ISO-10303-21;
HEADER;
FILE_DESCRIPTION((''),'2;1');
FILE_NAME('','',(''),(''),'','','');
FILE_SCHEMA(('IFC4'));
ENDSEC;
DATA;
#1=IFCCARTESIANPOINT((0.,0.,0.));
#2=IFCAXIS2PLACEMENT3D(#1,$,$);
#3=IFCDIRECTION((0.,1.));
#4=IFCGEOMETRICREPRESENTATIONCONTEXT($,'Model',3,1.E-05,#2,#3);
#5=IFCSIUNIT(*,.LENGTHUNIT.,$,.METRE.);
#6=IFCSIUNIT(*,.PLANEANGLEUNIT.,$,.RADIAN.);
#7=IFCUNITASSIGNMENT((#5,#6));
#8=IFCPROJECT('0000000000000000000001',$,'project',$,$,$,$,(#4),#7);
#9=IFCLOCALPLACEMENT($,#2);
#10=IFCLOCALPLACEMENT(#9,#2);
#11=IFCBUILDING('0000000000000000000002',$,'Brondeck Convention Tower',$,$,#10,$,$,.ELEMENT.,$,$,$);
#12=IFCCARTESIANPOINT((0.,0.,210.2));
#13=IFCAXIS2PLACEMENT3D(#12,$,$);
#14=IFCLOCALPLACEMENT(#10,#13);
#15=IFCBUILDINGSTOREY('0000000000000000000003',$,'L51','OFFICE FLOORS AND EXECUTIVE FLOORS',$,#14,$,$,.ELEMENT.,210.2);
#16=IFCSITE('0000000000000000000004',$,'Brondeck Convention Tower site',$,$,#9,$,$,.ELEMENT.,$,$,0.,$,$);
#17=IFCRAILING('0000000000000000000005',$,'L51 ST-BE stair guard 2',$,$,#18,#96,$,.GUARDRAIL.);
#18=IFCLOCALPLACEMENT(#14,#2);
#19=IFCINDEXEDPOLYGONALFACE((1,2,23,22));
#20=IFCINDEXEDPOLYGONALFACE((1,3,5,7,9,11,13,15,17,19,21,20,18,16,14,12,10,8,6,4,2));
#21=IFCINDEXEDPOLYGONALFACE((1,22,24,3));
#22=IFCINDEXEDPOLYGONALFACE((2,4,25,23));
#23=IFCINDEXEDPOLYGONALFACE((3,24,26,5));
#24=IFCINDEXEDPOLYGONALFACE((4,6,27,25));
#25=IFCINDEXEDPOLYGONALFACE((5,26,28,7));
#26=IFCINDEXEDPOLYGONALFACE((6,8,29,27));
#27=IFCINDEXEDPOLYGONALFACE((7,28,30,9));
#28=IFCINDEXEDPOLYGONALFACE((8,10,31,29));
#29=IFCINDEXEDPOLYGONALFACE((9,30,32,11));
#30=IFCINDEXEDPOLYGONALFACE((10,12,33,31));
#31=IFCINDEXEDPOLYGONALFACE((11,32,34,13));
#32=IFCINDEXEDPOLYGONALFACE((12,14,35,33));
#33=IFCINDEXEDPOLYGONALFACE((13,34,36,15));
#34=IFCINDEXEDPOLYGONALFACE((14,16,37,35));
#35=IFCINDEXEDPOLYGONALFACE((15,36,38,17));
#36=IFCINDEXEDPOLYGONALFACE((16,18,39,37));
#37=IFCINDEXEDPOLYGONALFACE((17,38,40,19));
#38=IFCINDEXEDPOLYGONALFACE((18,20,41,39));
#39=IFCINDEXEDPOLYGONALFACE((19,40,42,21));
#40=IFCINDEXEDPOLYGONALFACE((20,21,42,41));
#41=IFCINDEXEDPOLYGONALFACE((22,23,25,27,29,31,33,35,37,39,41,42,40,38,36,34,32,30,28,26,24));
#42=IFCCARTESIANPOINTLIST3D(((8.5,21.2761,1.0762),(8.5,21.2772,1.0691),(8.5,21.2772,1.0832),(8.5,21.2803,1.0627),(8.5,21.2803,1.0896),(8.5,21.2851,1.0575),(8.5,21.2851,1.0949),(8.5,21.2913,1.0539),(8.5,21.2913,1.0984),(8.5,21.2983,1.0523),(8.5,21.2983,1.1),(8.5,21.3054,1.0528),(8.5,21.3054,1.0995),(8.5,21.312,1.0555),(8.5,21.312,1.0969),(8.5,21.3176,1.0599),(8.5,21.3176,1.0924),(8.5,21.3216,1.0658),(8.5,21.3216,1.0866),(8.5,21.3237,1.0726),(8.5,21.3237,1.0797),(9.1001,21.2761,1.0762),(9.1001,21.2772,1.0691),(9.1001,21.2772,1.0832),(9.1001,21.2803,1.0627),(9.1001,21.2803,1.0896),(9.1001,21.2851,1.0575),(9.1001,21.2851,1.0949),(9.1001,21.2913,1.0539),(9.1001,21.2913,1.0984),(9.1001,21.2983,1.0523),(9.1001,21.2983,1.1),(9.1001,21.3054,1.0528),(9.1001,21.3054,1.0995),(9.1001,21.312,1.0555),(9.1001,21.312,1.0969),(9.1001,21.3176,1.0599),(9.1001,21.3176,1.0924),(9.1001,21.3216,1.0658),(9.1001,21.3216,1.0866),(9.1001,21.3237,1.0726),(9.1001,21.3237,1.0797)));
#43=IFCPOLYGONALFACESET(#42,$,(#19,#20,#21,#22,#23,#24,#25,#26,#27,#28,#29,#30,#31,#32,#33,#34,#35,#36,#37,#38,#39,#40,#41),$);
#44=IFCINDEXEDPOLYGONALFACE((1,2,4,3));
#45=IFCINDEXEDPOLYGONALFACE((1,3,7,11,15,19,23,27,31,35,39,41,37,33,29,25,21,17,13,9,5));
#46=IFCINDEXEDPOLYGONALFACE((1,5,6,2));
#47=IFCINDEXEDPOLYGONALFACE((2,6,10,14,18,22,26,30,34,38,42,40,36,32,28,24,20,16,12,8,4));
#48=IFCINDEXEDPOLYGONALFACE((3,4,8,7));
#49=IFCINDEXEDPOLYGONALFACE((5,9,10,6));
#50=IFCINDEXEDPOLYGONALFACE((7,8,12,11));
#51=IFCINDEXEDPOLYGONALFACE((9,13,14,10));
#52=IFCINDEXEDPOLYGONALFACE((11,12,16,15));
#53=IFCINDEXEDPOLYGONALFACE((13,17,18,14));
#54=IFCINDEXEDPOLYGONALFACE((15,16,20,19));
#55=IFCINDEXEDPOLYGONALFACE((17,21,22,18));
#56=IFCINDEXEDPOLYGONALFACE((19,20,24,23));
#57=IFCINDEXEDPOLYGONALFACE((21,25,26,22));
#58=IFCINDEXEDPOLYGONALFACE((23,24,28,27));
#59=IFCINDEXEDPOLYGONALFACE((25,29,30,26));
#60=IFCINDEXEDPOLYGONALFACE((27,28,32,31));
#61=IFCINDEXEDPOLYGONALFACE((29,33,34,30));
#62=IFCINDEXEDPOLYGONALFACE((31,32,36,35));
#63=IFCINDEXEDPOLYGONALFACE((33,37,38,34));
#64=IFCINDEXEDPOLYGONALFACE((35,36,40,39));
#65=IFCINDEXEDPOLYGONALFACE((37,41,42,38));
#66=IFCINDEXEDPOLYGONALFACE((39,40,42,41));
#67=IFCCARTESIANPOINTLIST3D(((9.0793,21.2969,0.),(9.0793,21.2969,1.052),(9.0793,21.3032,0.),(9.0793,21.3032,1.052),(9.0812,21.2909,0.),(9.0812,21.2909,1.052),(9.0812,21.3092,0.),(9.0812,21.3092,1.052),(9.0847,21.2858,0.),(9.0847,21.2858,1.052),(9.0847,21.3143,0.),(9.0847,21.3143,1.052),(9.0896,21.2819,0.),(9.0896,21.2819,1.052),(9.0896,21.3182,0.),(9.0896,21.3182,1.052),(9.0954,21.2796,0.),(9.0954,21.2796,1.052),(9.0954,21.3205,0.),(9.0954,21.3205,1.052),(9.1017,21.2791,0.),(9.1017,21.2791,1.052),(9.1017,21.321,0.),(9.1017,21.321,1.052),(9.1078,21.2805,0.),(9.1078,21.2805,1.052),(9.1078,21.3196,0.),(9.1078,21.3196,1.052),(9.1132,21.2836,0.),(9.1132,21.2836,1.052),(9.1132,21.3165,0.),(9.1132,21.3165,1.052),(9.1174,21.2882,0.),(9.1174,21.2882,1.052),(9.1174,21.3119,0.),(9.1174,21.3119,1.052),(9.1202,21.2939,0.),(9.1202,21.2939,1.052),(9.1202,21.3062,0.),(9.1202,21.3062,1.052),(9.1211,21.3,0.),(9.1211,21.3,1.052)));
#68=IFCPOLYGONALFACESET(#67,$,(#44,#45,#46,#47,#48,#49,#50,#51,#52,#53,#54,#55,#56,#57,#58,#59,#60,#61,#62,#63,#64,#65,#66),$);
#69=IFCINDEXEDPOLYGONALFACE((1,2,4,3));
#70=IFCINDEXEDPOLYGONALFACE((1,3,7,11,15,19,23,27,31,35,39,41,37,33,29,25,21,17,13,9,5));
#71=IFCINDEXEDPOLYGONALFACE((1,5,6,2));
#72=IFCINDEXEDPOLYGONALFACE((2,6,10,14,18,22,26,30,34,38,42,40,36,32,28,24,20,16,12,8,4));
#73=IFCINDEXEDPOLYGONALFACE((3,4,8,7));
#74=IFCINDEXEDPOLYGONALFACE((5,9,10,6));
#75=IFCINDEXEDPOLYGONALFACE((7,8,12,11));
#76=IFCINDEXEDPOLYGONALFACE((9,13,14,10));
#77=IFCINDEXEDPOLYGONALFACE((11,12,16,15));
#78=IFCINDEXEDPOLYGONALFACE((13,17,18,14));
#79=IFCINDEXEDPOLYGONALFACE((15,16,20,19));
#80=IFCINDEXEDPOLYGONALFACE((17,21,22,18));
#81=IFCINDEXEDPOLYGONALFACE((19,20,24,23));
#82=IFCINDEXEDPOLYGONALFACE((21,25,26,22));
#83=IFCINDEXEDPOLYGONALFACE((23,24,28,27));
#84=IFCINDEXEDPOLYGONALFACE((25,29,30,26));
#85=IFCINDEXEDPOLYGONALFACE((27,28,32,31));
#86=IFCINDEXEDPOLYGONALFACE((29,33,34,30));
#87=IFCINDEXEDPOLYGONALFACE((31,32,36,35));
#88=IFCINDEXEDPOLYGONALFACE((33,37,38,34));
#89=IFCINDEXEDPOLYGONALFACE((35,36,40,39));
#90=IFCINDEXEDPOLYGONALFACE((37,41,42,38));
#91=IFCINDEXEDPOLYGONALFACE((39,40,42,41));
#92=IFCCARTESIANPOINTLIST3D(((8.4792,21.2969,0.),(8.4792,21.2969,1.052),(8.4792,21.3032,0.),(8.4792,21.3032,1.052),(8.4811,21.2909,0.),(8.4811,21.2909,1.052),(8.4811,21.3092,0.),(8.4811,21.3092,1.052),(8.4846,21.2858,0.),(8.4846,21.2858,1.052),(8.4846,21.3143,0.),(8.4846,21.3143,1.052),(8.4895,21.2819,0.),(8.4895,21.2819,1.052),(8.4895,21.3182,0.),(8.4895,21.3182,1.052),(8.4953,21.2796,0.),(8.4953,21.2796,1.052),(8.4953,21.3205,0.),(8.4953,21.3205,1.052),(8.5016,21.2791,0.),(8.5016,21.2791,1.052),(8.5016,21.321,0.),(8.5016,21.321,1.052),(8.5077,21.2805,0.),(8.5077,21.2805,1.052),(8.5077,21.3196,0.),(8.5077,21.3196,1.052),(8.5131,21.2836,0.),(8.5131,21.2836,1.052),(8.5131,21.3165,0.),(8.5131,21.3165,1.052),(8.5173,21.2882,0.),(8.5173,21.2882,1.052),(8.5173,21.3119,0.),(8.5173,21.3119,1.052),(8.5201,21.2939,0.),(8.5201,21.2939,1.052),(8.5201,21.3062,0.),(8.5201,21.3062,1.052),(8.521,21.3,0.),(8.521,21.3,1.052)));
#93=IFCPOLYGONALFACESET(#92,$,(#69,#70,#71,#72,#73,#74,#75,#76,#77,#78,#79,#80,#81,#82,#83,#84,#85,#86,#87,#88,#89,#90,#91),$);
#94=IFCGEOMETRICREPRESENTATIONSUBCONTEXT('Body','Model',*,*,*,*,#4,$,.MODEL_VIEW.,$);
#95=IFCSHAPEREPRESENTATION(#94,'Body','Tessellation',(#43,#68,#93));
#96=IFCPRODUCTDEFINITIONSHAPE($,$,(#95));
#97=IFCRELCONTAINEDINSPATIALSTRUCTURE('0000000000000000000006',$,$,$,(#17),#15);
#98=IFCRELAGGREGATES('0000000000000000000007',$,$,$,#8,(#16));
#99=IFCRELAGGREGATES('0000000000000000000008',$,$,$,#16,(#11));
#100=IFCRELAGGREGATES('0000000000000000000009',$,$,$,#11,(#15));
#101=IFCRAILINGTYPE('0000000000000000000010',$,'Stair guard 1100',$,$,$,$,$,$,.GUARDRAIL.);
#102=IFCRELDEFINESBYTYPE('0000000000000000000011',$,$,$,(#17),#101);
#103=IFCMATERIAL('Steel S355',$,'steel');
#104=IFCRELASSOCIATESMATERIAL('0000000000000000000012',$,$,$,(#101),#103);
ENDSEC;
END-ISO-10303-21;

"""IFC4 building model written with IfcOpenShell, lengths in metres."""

from ifc_helpers import new_model, si_unit, direction, frame, origin, origin_2d, place, context, subcontext, project, spatial, circle, extrude, material, type_object, element, save


model = new_model("IFC4")

# Units and contexts
model_context = context("Model", 3, precision=1e-05, world=origin(), true_north=direction((0.0, 1.0)))
body_context = subcontext(model_context, "Body", "Model", "MODEL_VIEW")
ifc_project = project(units=[si_unit("LENGTHUNIT", "METRE"), si_unit("PLANEANGLEUNIT", "RADIAN")], contexts=[model_context])

# Site, building, storey
site_placement = place(None, origin())
site = spatial("IfcSite", under=ifc_project, at=site_placement, Name="Brondeck Convention Tower site", CompositionType="ELEMENT", RefElevation=0.0)
building_placement = place(site_placement, origin())
building = spatial("IfcBuilding", under=site, at=building_placement, Name="Brondeck Convention Tower", CompositionType="ELEMENT")
storey_placement = place(building_placement, frame((0.0, 0.0, 210.2)))
storey = spatial("IfcBuildingStorey", under=building, at=storey_placement, Name="L51", Description="OFFICE FLOORS AND EXECUTIVE FLOORS", CompositionType="ELEMENT", Elevation=210.2)

# Railing
ifc_material_1 = material(Name="Steel S355", Category="steel")
railing_type = type_object("IfcRailingType", Name="Stair guard 1100", PredefinedType="GUARDRAIL", material=ifc_material_1)
railing_placement = place(storey_placement, frame((9.1001, 21.3, 0.0)))
element("IfcRailing", 1, at=railing_placement, inside=storey, type_object=railing_type, Name="L51 ST-BE stair guard 2", PredefinedType="GUARDRAIL", context=body_context, shape_type="SweptSolid", body=[
    extrude(circle(Radius=0.0239, at=origin_2d()), frame((0.0, 0.0, 1.0762), z_axis=(-1.0, 0.0, 0.0), x_axis=(0.0, -1.0, 0.0)), (0.0, 0.0, 1.0), 0.6001),
    extrude(circle(Radius=0.021, at=origin_2d()), origin(), (0.0, 0.0, 1.0), 1.052),
    extrude(circle(Radius=0.021, at=origin_2d()), frame((-0.6001, 0.0, 0.0)), (0.0, 0.0, 1.0), 1.052),
])

save(model, "model.ifc")
